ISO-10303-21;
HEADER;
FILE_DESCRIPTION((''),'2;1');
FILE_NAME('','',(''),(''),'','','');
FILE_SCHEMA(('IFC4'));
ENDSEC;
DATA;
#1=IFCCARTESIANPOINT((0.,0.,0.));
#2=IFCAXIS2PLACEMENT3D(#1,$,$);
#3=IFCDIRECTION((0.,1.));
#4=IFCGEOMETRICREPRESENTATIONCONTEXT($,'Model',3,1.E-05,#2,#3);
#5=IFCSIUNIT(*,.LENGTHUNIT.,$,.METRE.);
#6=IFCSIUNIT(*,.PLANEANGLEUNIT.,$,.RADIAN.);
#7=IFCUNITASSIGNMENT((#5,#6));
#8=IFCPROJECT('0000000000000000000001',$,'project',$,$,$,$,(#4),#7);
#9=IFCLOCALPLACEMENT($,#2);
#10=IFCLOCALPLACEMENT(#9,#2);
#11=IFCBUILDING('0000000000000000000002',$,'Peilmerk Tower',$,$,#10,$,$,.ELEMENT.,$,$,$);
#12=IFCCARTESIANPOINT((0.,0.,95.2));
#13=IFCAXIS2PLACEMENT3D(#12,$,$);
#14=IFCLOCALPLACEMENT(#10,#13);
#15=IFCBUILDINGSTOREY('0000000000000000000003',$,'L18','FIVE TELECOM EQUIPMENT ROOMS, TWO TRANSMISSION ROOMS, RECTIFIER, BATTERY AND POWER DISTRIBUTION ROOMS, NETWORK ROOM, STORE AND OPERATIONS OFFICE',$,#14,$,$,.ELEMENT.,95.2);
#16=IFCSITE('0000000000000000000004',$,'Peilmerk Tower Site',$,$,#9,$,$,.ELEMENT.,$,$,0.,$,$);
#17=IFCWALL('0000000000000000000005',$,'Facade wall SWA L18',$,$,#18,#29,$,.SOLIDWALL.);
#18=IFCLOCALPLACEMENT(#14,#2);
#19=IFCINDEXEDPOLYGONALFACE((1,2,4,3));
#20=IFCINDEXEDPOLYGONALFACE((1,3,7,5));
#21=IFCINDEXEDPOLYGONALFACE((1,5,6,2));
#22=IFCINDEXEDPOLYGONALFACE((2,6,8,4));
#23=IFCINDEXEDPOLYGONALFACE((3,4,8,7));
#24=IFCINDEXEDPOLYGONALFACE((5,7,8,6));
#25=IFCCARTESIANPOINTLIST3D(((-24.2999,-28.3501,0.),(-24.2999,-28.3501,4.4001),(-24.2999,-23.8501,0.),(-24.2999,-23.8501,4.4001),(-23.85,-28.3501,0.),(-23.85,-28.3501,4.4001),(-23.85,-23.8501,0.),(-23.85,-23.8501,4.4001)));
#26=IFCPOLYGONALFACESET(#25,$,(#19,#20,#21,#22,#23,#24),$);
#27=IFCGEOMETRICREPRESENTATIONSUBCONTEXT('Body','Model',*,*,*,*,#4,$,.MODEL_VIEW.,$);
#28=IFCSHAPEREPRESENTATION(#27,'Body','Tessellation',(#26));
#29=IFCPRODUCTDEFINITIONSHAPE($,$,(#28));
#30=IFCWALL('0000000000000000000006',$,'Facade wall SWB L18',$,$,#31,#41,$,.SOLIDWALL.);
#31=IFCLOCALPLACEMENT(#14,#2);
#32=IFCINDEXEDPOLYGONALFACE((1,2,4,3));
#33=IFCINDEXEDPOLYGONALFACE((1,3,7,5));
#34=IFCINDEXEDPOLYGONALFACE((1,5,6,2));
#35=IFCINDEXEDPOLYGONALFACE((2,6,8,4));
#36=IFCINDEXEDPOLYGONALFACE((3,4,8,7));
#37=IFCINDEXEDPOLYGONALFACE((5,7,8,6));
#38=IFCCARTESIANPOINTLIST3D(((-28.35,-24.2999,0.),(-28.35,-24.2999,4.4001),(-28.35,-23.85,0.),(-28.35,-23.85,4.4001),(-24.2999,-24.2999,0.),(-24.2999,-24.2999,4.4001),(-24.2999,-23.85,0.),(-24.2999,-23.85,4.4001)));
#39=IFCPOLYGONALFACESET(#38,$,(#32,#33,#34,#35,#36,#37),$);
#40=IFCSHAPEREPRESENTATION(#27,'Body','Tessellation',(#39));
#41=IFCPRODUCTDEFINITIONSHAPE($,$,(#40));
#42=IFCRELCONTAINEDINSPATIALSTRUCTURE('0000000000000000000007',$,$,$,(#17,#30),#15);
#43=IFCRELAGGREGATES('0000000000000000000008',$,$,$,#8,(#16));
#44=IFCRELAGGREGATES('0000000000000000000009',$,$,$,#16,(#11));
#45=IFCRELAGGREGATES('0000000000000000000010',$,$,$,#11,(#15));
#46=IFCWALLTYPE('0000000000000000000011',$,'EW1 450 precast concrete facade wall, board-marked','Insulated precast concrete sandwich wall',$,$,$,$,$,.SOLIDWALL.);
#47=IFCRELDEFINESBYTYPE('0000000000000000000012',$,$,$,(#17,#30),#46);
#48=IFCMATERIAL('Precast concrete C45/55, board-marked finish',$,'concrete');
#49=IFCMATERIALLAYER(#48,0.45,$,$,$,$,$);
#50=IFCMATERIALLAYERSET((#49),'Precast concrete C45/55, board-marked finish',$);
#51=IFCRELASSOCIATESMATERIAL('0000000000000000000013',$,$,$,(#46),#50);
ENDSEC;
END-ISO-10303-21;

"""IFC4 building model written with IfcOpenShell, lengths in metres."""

from ifc_helpers import new_model, si_unit, direction, frame, frame_2d, origin, place, context, subcontext, project, spatial, rectangle, extrude, material, layer, layer_set, type_object, element, save


model = new_model("IFC4")

# Units and contexts
model_context = context("Model", 3, precision=1e-05, world=origin(), true_north=direction((0.0, 1.0)))
body_context = subcontext(model_context, "Body", "Model", "MODEL_VIEW")
ifc_project = project(units=[si_unit("LENGTHUNIT", "METRE"), si_unit("PLANEANGLEUNIT", "RADIAN")], contexts=[model_context])

# Site, building, storey
site_placement = place(None, origin())
site = spatial("IfcSite", under=ifc_project, at=site_placement, Name="Peilmerk Tower Site", CompositionType="ELEMENT", RefElevation=0.0)
building_placement = place(site_placement, origin())
building = spatial("IfcBuilding", under=site, at=building_placement, Name="Peilmerk Tower", CompositionType="ELEMENT")
storey_placement = place(building_placement, frame((0.0, 0.0, 95.2)))
storey = spatial("IfcBuildingStorey", under=building, at=storey_placement, Name="L18", Description="FIVE TELECOM EQUIPMENT ROOMS, TWO TRANSMISSION ROOMS, RECTIFIER, BATTERY AND POWER DISTRIBUTION ROOMS, NETWORK ROOM, STORE AND OPERATIONS OFFICE", CompositionType="ELEMENT", Elevation=95.2)

# Shared definitions
ifc_material_1 = material(Name="Precast concrete C45/55, board-marked finish", Category="concrete")
ifc_layer = layer(ifc_material_1, 0.45)
ifc_layer_set = layer_set([ifc_layer], Name="Precast concrete C45/55, board-marked finish")
wall_type = type_object("IfcWallType", Name="EW1 450 precast concrete facade wall, board-marked", Description="Insulated precast concrete sandwich wall", PredefinedType="SOLIDWALL", material=ifc_layer_set)

# Walls
wall_1_placement = place(storey_placement, frame((-24.075, -23.8501, 0.0), z_axis=(0.0, 0.0, 1.0), x_axis=(0.0, -1.0, 0.0)))
element("IfcWall", 1, at=wall_1_placement, inside=storey, type_object=wall_type, Name="Facade wall SWA L18", PredefinedType="SOLIDWALL", context=body_context, shape_type="SweptSolid", body=[
    extrude(rectangle(XDim=4.5, YDim=0.45, at=frame_2d((2.25, 0.0))), origin(), (0.0, 0.0, 1.0), 4.4001),
])
wall_2_placement = place(storey_placement, frame((-24.3, -24.075, 0.0), z_axis=(0.0, 0.0, 1.0), x_axis=(-1.0, 0.0, 0.0)))
element("IfcWall", 2, at=wall_2_placement, inside=storey, type_object=wall_type, Name="Facade wall SWB L18", PredefinedType="SOLIDWALL", context=body_context, shape_type="SweptSolid", body=[
    extrude(rectangle(XDim=4.05, YDim=0.45, at=frame_2d((2.0249, 0.0))), origin(), (0.0, 0.0, 1.0), 4.4001),
])

save(model, "model.ifc")
